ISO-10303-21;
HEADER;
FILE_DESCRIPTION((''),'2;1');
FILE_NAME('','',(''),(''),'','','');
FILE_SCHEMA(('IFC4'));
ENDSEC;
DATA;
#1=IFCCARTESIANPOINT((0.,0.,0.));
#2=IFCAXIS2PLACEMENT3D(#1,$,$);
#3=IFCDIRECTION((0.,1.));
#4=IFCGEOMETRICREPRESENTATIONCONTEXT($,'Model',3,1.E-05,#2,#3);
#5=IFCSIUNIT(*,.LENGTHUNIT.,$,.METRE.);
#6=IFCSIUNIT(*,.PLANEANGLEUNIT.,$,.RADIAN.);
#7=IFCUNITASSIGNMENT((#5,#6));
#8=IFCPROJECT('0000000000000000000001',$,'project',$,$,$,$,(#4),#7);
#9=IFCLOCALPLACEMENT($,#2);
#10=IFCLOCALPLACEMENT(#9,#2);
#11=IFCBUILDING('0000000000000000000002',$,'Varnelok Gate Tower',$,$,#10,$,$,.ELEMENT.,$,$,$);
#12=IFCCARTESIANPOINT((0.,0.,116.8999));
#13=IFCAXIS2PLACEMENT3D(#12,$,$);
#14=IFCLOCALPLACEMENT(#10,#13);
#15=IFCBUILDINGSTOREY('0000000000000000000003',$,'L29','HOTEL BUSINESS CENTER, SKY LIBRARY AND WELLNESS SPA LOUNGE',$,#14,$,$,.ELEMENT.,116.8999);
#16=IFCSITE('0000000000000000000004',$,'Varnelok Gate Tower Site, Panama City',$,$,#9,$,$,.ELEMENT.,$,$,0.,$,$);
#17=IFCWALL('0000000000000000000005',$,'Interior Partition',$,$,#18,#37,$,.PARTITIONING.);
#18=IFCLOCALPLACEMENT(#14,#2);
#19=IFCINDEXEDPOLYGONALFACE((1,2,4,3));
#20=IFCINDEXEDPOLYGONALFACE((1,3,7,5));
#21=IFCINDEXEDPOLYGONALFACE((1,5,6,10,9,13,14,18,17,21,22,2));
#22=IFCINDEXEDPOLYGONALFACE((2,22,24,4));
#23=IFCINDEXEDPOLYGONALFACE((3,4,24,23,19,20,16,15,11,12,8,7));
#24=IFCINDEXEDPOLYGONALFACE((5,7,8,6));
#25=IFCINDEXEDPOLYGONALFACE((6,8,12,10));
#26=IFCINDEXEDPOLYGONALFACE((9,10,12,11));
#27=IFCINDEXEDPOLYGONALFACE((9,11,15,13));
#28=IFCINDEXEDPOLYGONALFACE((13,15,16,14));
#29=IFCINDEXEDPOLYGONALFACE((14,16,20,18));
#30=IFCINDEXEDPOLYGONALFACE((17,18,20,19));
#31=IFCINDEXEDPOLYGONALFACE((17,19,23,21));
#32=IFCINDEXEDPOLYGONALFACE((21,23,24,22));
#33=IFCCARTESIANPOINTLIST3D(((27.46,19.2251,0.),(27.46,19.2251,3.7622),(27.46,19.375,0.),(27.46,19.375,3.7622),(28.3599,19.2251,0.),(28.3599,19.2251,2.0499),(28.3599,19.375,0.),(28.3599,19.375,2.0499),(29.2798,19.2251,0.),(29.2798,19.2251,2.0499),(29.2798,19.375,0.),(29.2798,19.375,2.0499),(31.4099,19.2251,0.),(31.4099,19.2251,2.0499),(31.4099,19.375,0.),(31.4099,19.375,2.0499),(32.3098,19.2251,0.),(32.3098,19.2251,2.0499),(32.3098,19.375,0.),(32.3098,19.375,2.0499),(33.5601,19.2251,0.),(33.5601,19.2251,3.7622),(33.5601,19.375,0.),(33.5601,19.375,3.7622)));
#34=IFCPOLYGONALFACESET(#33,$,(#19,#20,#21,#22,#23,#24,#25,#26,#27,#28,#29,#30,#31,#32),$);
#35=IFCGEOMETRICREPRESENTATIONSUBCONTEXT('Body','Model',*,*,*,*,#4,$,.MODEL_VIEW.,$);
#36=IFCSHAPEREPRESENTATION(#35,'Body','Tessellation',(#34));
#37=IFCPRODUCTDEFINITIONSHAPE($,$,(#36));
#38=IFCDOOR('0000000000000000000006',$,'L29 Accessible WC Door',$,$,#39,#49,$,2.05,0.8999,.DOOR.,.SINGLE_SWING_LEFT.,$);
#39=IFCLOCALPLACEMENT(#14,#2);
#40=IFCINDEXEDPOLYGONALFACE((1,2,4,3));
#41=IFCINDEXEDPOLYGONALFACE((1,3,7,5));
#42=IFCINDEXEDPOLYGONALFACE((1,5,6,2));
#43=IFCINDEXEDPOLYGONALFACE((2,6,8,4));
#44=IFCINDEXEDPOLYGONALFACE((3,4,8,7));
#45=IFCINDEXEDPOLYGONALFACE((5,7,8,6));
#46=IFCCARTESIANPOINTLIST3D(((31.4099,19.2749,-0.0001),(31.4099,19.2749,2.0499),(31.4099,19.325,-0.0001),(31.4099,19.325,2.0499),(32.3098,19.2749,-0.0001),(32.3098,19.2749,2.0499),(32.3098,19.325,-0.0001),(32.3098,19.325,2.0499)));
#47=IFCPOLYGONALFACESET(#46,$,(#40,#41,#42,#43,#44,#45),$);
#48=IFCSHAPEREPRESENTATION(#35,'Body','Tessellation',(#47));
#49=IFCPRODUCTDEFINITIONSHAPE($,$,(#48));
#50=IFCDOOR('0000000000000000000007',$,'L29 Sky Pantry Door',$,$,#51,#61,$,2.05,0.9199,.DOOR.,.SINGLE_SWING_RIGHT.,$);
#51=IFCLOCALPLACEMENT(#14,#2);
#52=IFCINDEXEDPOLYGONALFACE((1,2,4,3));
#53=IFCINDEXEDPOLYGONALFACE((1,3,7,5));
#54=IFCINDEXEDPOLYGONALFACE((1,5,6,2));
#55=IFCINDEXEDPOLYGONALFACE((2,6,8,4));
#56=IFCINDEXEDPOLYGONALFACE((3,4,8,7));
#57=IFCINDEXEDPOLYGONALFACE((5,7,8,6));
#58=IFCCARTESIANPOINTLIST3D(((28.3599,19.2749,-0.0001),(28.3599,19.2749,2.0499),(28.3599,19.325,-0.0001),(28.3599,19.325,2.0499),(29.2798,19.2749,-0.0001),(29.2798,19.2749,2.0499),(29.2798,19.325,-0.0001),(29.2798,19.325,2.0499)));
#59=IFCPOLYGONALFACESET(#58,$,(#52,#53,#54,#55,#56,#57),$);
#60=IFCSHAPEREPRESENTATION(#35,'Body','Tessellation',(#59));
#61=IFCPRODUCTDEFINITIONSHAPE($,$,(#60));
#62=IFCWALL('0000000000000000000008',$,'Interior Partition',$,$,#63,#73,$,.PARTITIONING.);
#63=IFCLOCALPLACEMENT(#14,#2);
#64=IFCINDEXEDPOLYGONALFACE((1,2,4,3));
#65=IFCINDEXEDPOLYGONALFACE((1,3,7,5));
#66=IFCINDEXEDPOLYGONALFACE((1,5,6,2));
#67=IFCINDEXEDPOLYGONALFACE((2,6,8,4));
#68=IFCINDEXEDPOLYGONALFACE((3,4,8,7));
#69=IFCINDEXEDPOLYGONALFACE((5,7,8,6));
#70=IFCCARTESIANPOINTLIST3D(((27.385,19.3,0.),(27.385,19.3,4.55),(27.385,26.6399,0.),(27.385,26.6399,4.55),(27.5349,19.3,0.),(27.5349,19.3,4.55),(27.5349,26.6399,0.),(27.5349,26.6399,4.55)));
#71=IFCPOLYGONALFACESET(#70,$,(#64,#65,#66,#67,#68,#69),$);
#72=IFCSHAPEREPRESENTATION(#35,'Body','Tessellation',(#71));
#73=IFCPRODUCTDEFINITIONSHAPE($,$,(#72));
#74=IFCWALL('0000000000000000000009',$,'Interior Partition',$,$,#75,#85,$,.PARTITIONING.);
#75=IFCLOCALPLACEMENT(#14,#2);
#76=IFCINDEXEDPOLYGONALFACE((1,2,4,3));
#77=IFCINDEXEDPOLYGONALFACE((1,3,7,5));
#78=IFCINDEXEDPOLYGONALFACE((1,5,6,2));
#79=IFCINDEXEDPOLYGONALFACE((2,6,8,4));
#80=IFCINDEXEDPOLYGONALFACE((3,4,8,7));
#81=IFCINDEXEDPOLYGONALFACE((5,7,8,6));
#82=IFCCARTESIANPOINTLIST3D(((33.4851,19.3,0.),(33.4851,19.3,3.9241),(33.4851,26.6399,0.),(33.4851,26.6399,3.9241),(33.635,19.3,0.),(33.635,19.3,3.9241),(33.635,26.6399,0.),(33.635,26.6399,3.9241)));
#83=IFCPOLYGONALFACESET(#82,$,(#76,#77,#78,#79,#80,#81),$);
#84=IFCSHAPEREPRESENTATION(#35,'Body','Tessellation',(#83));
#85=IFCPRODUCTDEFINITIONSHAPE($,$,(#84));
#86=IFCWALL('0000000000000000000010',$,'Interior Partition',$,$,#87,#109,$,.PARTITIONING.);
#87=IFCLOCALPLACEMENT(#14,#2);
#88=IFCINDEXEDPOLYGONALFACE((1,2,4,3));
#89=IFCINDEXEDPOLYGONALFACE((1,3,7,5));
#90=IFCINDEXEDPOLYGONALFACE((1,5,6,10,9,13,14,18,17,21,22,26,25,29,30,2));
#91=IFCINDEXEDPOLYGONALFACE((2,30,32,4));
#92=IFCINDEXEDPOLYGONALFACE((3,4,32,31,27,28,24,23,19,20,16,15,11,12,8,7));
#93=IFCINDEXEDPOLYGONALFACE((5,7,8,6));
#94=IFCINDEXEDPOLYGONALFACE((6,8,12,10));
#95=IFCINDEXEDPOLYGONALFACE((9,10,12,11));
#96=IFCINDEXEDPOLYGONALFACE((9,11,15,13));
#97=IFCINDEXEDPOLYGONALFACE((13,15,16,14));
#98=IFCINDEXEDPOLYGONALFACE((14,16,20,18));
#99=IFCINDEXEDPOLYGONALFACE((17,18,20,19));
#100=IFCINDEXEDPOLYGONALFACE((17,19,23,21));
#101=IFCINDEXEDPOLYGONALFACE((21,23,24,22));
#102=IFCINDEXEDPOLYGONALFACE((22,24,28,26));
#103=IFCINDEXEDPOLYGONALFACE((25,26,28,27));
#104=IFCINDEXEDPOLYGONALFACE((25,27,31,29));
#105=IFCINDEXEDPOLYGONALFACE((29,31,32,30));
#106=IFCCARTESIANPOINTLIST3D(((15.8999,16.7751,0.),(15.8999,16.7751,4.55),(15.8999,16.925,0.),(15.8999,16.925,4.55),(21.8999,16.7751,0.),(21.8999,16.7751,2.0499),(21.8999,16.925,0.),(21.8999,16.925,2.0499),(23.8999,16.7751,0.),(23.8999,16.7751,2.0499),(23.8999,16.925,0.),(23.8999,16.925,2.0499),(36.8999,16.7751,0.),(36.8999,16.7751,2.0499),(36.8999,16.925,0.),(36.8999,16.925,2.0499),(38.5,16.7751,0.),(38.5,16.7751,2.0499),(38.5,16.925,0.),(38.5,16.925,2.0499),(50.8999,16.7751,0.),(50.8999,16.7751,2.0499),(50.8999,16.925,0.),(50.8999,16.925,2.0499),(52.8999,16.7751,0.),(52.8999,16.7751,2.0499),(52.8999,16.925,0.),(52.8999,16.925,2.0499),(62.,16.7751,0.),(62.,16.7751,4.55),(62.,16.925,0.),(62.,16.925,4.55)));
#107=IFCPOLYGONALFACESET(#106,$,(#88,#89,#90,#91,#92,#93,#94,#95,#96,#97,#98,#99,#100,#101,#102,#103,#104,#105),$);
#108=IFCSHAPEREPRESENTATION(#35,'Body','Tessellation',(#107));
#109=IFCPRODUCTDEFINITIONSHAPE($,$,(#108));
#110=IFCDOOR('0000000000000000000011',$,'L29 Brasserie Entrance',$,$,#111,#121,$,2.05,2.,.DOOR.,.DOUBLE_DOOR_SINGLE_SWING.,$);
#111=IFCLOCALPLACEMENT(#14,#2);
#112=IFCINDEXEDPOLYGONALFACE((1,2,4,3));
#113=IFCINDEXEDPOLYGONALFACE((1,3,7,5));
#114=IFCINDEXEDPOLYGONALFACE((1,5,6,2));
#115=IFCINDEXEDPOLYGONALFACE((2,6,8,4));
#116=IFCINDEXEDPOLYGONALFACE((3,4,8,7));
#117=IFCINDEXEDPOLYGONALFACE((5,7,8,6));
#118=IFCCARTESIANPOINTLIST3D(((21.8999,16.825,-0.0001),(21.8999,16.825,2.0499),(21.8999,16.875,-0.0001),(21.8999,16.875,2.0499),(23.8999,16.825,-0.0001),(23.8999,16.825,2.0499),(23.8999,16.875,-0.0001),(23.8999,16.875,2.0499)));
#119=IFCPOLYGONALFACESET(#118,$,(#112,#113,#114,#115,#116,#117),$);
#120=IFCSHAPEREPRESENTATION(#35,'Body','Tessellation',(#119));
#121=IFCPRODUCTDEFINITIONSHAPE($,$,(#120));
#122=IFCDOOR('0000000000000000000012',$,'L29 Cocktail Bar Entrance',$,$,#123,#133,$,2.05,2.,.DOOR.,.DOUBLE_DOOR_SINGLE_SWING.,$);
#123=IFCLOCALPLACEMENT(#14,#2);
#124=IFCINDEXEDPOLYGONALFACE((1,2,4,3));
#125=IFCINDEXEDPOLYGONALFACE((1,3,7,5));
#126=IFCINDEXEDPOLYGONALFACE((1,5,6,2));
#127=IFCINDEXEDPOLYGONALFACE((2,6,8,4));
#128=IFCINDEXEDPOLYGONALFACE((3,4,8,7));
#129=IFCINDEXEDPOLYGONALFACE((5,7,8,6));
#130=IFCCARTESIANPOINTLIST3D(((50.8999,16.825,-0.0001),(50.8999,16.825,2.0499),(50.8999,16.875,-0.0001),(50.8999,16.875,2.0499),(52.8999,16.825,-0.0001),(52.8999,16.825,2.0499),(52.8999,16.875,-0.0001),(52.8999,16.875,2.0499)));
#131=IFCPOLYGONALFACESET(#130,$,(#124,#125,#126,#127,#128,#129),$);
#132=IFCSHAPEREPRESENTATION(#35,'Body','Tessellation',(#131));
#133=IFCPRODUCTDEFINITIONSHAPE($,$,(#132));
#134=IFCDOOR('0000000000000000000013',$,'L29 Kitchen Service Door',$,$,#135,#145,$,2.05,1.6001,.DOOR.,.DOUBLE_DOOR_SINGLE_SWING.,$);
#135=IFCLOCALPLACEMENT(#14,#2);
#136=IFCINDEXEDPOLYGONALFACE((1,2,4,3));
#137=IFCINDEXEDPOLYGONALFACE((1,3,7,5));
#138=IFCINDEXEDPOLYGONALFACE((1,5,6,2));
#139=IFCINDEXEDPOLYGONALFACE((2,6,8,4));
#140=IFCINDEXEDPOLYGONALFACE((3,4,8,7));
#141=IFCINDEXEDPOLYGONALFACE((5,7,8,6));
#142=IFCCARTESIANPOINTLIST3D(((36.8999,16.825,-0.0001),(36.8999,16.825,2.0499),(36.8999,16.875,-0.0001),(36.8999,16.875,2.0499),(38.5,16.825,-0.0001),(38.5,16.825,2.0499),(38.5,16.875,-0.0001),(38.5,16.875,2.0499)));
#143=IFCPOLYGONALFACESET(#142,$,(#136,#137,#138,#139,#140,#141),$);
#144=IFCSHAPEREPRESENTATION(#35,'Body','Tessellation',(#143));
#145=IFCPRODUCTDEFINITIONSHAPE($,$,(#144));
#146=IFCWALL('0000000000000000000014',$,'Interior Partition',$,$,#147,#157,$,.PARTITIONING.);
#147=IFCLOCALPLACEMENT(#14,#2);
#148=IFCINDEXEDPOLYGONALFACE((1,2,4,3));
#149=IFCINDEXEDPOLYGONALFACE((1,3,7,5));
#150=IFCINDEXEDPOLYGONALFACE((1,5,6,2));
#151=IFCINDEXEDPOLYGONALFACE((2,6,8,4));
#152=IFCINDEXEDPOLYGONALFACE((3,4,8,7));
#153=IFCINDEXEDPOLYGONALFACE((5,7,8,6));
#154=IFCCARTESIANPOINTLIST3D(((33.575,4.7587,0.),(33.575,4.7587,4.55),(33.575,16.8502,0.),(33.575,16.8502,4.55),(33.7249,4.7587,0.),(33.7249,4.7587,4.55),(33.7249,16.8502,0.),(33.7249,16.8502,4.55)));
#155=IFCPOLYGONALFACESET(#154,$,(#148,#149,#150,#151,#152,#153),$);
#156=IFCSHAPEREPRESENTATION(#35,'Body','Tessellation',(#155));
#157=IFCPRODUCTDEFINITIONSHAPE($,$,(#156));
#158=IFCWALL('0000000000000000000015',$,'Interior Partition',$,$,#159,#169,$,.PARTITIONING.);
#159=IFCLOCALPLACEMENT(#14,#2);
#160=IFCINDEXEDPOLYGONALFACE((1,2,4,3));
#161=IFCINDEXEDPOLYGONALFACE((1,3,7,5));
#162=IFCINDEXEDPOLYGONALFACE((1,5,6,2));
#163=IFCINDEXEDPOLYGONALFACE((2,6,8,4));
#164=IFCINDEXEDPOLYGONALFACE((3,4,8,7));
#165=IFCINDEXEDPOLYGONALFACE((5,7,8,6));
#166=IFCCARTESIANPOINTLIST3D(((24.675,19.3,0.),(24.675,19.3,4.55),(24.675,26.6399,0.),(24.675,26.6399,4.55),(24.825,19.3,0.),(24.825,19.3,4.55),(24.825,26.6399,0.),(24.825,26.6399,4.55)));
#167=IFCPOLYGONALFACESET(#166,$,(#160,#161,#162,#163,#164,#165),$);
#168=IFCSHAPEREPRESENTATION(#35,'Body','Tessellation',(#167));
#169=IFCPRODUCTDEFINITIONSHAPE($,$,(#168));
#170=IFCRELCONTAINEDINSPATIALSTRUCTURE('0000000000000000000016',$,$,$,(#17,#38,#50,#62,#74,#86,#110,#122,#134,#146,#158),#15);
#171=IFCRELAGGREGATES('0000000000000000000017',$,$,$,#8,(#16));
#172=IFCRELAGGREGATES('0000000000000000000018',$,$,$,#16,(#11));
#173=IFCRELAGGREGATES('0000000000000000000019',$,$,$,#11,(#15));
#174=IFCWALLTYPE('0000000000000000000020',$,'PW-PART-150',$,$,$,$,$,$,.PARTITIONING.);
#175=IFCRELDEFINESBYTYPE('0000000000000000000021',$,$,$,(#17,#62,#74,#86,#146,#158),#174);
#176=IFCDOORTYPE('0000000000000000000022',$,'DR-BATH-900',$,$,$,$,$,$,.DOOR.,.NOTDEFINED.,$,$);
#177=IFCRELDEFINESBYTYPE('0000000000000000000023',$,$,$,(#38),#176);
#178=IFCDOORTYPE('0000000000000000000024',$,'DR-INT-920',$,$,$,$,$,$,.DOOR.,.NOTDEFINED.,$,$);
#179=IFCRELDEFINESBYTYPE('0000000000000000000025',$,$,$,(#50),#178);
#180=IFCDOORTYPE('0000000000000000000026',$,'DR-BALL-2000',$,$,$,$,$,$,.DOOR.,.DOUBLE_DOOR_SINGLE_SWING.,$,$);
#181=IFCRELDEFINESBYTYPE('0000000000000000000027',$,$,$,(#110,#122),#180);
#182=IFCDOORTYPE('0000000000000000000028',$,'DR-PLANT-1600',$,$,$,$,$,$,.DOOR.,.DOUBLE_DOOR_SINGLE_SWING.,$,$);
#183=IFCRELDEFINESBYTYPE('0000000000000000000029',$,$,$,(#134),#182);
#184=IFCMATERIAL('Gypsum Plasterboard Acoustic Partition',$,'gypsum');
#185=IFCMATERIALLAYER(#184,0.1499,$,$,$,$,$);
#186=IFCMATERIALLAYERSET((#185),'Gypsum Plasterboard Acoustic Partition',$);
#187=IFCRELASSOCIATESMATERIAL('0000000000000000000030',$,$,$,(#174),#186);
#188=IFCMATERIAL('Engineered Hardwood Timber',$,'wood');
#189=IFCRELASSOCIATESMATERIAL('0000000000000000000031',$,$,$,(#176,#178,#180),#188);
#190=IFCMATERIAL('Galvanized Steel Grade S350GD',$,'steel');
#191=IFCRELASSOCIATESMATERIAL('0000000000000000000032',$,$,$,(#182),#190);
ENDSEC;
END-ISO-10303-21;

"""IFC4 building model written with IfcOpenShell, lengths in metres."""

from ifc_helpers import new_model, si_unit, direction, frame, frame_2d, origin, place, context, subcontext, project, spatial, rectangle, extrude, material, layer, layer_set, type_object, element, fill, save


model = new_model("IFC4")

# Units and contexts
model_context = context("Model", 3, precision=1e-05, world=origin(), true_north=direction((0.0, 1.0)))
body_context = subcontext(model_context, "Body", "Model", "MODEL_VIEW")
ifc_project = project(units=[si_unit("LENGTHUNIT", "METRE"), si_unit("PLANEANGLEUNIT", "RADIAN")], contexts=[model_context])

# Site, building, storey
site_placement = place(None, origin())
site = spatial("IfcSite", under=ifc_project, at=site_placement, Name="Varnelok Gate Tower Site, Panama City", CompositionType="ELEMENT", RefElevation=0.0)
building_placement = place(site_placement, origin())
building = spatial("IfcBuilding", under=site, at=building_placement, Name="Varnelok Gate Tower", CompositionType="ELEMENT")
storey_placement = place(building_placement, frame((0.0, 0.0, 116.8999)))
storey = spatial("IfcBuildingStorey", under=building, at=storey_placement, Name="L29", Description="HOTEL BUSINESS CENTER, SKY LIBRARY AND WELLNESS SPA LOUNGE", CompositionType="ELEMENT", Elevation=116.8999)

# Wall, openings, doors
ifc_material_1 = material(Name="Gypsum Plasterboard Acoustic Partition", Category="gypsum")
ifc_layer = layer(ifc_material_1, 0.1499)
ifc_layer_set = layer_set([ifc_layer], Name="Gypsum Plasterboard Acoustic Partition")
wall_type = type_object("IfcWallType", Name="PW-PART-150", PredefinedType="PARTITIONING", material=ifc_layer_set)
wall_1_placement = place(storey_placement, frame((27.46, 19.3, 0.0), z_axis=(0.0, 0.0, 1.0), x_axis=(1.0, 0.0, 0.0)))
wall_1 = element("IfcWall", 1, at=wall_1_placement, inside=storey, type_object=wall_type, Name="Interior Partition", PredefinedType="PARTITIONING", context=body_context, shape_type="SweptSolid", body=[
    extrude(rectangle(XDim=6.1001, YDim=0.1499, at=frame_2d((3.05, 0.0))), origin(), (0.0, 0.0, 1.0), 3.7622),
])
opening_1_placement = place(wall_1_placement, frame((0.8999, 0.0, 0.0)))
opening_1 = element("IfcOpeningElement", 2, at=opening_1_placement, cuts=wall_1, PredefinedType="OPENING", context=body_context, shape_type="SweptSolid", body=[
    extrude(rectangle(XDim=0.9199, YDim=2.05, at=frame_2d((0.46, 1.0249))), frame((0.0, 0.085, 0.0), z_axis=(0.0, -1.0, 0.0), x_axis=(1.0, 0.0, 0.0)), (0.0, 0.0, 1.0), 0.1699),
])
opening_2_placement = place(wall_1_placement, frame((3.95, 0.0, 0.0)))
opening_2 = element("IfcOpeningElement", 3, at=opening_2_placement, cuts=wall_1, PredefinedType="OPENING", context=body_context, shape_type="SweptSolid", body=[
    extrude(rectangle(XDim=0.8999, YDim=2.05, at=frame_2d((0.45, 1.0249))), frame((0.0, 0.085, 0.0), z_axis=(0.0, -1.0, 0.0), x_axis=(1.0, 0.0, 0.0)), (0.0, 0.0, 1.0), 0.1699),
])
ifc_material_2 = material(Name="Engineered Hardwood Timber", Category="wood")
door_type_1 = type_object("IfcDoorType", Name="DR-BATH-900", OperationType="NOTDEFINED", PredefinedType="DOOR", material=ifc_material_2)
door_1_placement = place(opening_2_placement, origin())
door_1 = element("IfcDoor", 4, at=door_1_placement, inside=storey, type_object=door_type_1, Name="L29 Accessible WC Door", OperationType="SINGLE_SWING_LEFT", OverallHeight=2.05, OverallWidth=0.8999, PredefinedType="DOOR", context=body_context, shape_type="SweptSolid", body=[
    extrude(rectangle(XDim=0.8999, YDim=2.05, at=frame_2d((0.45, 1.0249))), frame((0.0, 0.0249, 0.0), z_axis=(0.0, -1.0, 0.0), x_axis=(1.0, 0.0, 0.0)), (0.0, 0.0, 1.0), 0.05),
])
fill(opening_2, door_1)
door_type_2 = type_object("IfcDoorType", Name="DR-INT-920", OperationType="NOTDEFINED", PredefinedType="DOOR", material=ifc_material_2)
door_2_placement = place(opening_1_placement, origin())
door_2 = element("IfcDoor", 5, at=door_2_placement, inside=storey, type_object=door_type_2, Name="L29 Sky Pantry Door", OperationType="SINGLE_SWING_RIGHT", OverallHeight=2.05, OverallWidth=0.9199, PredefinedType="DOOR", context=body_context, shape_type="SweptSolid", body=[
    extrude(rectangle(XDim=0.9199, YDim=2.05, at=frame_2d((0.46, 1.0249))), frame((0.0, 0.0249, 0.0), z_axis=(0.0, -1.0, 0.0), x_axis=(1.0, 0.0, 0.0)), (0.0, 0.0, 1.0), 0.05),
])
fill(opening_1, door_2)

# Walls
wall_2_placement = place(storey_placement, frame((27.46, 19.3, 0.0), z_axis=(0.0, 0.0, 1.0), x_axis=(0.0, 1.0, 0.0)))
element("IfcWall", 6, at=wall_2_placement, inside=storey, type_object=wall_type, Name="Interior Partition", PredefinedType="PARTITIONING", context=body_context, shape_type="SweptSolid", body=[
    extrude(rectangle(XDim=7.3398, YDim=0.1499, at=frame_2d((3.6699, 0.0))), origin(), (0.0, 0.0, 1.0), 4.55),
])
wall_3_placement = place(storey_placement, frame((33.5601, 19.3, 0.0), z_axis=(0.0, 0.0, 1.0), x_axis=(0.0, 1.0, 0.0)))
element("IfcWall", 7, at=wall_3_placement, inside=storey, type_object=wall_type, Name="Interior Partition", PredefinedType="PARTITIONING", context=body_context, shape_type="SweptSolid", body=[
    extrude(rectangle(XDim=7.3398, YDim=0.1499, at=frame_2d((3.6699, 0.0))), origin(), (0.0, 0.0, 1.0), 3.9241),
])

# Wall, openings, doors
wall_4_placement = place(storey_placement, frame((15.8999, 16.8501, 0.0), z_axis=(0.0, 0.0, 1.0), x_axis=(1.0, 0.0, 0.0)))
wall_4 = element("IfcWall", 8, at=wall_4_placement, inside=storey, type_object=wall_type, Name="Interior Partition", PredefinedType="PARTITIONING", context=body_context, shape_type="SweptSolid", body=[
    extrude(rectangle(XDim=46.1001, YDim=0.1499, at=frame_2d((23.05, 0.0))), origin(), (0.0, 0.0, 1.0), 4.55),
])
opening_3_placement = place(wall_4_placement, frame((6.0, 0.0, 0.0)))
opening_3 = element("IfcOpeningElement", 9, at=opening_3_placement, cuts=wall_4, PredefinedType="OPENING", context=body_context, shape_type="SweptSolid", body=[
    extrude(rectangle(XDim=2.0, YDim=2.05, at=frame_2d((1.0, 1.0249))), frame((0.0, 0.085, 0.0), z_axis=(0.0, -1.0, 0.0), x_axis=(1.0, 0.0, 0.0)), (0.0, 0.0, 1.0), 0.1699),
])
opening_4_placement = place(wall_4_placement, frame((21.0, 0.0, 0.0)))
opening_4 = element("IfcOpeningElement", 10, at=opening_4_placement, cuts=wall_4, PredefinedType="OPENING", context=body_context, shape_type="SweptSolid", body=[
    extrude(rectangle(XDim=1.6001, YDim=2.05, at=frame_2d((0.8, 1.0249))), frame((0.0, 0.085, 0.0), z_axis=(0.0, -1.0, 0.0), x_axis=(1.0, 0.0, 0.0)), (0.0, 0.0, 1.0), 0.1699),
])
opening_5_placement = place(wall_4_placement, frame((35.0, 0.0, 0.0)))
opening_5 = element("IfcOpeningElement", 11, at=opening_5_placement, cuts=wall_4, PredefinedType="OPENING", context=body_context, shape_type="SweptSolid", body=[
    extrude(rectangle(XDim=2.0, YDim=2.05, at=frame_2d((1.0, 1.0249))), frame((0.0, 0.085, 0.0), z_axis=(0.0, -1.0, 0.0), x_axis=(1.0, 0.0, 0.0)), (0.0, 0.0, 1.0), 0.1699),
])
door_type_3 = type_object("IfcDoorType", Name="DR-BALL-2000", OperationType="DOUBLE_DOOR_SINGLE_SWING", PredefinedType="DOOR", material=ifc_material_2)
door_3_placement = place(opening_3_placement, origin())
door_3 = element("IfcDoor", 12, at=door_3_placement, inside=storey, type_object=door_type_3, Name="L29 Brasserie Entrance", OperationType="DOUBLE_DOOR_SINGLE_SWING", OverallHeight=2.05, OverallWidth=2.0, PredefinedType="DOOR", context=body_context, shape_type="SweptSolid", body=[
    extrude(rectangle(XDim=2.0, YDim=2.05, at=frame_2d((1.0, 1.0249))), frame((0.0, 0.0249, 0.0), z_axis=(0.0, -1.0, 0.0), x_axis=(1.0, 0.0, 0.0)), (0.0, 0.0, 1.0), 0.05),
])
fill(opening_3, door_3)
door_4_placement = place(opening_5_placement, origin())
door_4 = element("IfcDoor", 13, at=door_4_placement, inside=storey, type_object=door_type_3, Name="L29 Cocktail Bar Entrance", OperationType="DOUBLE_DOOR_SINGLE_SWING", OverallHeight=2.05, OverallWidth=2.0, PredefinedType="DOOR", context=body_context, shape_type="SweptSolid", body=[
    extrude(rectangle(XDim=2.0, YDim=2.05, at=frame_2d((1.0, 1.0249))), frame((0.0, 0.0249, 0.0), z_axis=(0.0, -1.0, 0.0), x_axis=(1.0, 0.0, 0.0)), (0.0, 0.0, 1.0), 0.05),
])
fill(opening_5, door_4)
ifc_material_3 = material(Name="Galvanized Steel Grade S350GD", Category="steel")
door_type_4 = type_object("IfcDoorType", Name="DR-PLANT-1600", OperationType="DOUBLE_DOOR_SINGLE_SWING", PredefinedType="DOOR", material=ifc_material_3)
door_5_placement = place(opening_4_placement, origin())
door_5 = element("IfcDoor", 14, at=door_5_placement, inside=storey, type_object=door_type_4, Name="L29 Kitchen Service Door", OperationType="DOUBLE_DOOR_SINGLE_SWING", OverallHeight=2.05, OverallWidth=1.6001, PredefinedType="DOOR", context=body_context, shape_type="SweptSolid", body=[
    extrude(rectangle(XDim=1.6001, YDim=2.05, at=frame_2d((0.8, 1.0249))), frame((0.0, 0.0249, 0.0), z_axis=(0.0, -1.0, 0.0), x_axis=(1.0, 0.0, 0.0)), (0.0, 0.0, 1.0), 0.05),
])
fill(opening_4, door_5)

# Walls
wall_5_placement = place(storey_placement, frame((33.6499, 4.7585, 0.0), z_axis=(0.0, 0.0, 1.0), x_axis=(0.0, 1.0, 0.0)))
element("IfcWall", 15, at=wall_5_placement, inside=storey, type_object=wall_type, Name="Interior Partition", PredefinedType="PARTITIONING", context=body_context, shape_type="SweptSolid", body=[
    extrude(rectangle(XDim=12.0916, YDim=0.1499, at=frame_2d((6.0459, 0.0))), origin(), (0.0, 0.0, 1.0), 4.55),
])
wall_6_placement = place(storey_placement, frame((24.75, 19.3, 0.0), z_axis=(0.0, 0.0, 1.0), x_axis=(0.0, 1.0, 0.0)))
element("IfcWall", 16, at=wall_6_placement, inside=storey, type_object=wall_type, Name="Interior Partition", PredefinedType="PARTITIONING", context=body_context, shape_type="SweptSolid", body=[
    extrude(rectangle(XDim=7.3398, YDim=0.1499, at=frame_2d((3.6699, 0.0))), origin(), (0.0, 0.0, 1.0), 4.55),
])

save(model, "model.ifc")
